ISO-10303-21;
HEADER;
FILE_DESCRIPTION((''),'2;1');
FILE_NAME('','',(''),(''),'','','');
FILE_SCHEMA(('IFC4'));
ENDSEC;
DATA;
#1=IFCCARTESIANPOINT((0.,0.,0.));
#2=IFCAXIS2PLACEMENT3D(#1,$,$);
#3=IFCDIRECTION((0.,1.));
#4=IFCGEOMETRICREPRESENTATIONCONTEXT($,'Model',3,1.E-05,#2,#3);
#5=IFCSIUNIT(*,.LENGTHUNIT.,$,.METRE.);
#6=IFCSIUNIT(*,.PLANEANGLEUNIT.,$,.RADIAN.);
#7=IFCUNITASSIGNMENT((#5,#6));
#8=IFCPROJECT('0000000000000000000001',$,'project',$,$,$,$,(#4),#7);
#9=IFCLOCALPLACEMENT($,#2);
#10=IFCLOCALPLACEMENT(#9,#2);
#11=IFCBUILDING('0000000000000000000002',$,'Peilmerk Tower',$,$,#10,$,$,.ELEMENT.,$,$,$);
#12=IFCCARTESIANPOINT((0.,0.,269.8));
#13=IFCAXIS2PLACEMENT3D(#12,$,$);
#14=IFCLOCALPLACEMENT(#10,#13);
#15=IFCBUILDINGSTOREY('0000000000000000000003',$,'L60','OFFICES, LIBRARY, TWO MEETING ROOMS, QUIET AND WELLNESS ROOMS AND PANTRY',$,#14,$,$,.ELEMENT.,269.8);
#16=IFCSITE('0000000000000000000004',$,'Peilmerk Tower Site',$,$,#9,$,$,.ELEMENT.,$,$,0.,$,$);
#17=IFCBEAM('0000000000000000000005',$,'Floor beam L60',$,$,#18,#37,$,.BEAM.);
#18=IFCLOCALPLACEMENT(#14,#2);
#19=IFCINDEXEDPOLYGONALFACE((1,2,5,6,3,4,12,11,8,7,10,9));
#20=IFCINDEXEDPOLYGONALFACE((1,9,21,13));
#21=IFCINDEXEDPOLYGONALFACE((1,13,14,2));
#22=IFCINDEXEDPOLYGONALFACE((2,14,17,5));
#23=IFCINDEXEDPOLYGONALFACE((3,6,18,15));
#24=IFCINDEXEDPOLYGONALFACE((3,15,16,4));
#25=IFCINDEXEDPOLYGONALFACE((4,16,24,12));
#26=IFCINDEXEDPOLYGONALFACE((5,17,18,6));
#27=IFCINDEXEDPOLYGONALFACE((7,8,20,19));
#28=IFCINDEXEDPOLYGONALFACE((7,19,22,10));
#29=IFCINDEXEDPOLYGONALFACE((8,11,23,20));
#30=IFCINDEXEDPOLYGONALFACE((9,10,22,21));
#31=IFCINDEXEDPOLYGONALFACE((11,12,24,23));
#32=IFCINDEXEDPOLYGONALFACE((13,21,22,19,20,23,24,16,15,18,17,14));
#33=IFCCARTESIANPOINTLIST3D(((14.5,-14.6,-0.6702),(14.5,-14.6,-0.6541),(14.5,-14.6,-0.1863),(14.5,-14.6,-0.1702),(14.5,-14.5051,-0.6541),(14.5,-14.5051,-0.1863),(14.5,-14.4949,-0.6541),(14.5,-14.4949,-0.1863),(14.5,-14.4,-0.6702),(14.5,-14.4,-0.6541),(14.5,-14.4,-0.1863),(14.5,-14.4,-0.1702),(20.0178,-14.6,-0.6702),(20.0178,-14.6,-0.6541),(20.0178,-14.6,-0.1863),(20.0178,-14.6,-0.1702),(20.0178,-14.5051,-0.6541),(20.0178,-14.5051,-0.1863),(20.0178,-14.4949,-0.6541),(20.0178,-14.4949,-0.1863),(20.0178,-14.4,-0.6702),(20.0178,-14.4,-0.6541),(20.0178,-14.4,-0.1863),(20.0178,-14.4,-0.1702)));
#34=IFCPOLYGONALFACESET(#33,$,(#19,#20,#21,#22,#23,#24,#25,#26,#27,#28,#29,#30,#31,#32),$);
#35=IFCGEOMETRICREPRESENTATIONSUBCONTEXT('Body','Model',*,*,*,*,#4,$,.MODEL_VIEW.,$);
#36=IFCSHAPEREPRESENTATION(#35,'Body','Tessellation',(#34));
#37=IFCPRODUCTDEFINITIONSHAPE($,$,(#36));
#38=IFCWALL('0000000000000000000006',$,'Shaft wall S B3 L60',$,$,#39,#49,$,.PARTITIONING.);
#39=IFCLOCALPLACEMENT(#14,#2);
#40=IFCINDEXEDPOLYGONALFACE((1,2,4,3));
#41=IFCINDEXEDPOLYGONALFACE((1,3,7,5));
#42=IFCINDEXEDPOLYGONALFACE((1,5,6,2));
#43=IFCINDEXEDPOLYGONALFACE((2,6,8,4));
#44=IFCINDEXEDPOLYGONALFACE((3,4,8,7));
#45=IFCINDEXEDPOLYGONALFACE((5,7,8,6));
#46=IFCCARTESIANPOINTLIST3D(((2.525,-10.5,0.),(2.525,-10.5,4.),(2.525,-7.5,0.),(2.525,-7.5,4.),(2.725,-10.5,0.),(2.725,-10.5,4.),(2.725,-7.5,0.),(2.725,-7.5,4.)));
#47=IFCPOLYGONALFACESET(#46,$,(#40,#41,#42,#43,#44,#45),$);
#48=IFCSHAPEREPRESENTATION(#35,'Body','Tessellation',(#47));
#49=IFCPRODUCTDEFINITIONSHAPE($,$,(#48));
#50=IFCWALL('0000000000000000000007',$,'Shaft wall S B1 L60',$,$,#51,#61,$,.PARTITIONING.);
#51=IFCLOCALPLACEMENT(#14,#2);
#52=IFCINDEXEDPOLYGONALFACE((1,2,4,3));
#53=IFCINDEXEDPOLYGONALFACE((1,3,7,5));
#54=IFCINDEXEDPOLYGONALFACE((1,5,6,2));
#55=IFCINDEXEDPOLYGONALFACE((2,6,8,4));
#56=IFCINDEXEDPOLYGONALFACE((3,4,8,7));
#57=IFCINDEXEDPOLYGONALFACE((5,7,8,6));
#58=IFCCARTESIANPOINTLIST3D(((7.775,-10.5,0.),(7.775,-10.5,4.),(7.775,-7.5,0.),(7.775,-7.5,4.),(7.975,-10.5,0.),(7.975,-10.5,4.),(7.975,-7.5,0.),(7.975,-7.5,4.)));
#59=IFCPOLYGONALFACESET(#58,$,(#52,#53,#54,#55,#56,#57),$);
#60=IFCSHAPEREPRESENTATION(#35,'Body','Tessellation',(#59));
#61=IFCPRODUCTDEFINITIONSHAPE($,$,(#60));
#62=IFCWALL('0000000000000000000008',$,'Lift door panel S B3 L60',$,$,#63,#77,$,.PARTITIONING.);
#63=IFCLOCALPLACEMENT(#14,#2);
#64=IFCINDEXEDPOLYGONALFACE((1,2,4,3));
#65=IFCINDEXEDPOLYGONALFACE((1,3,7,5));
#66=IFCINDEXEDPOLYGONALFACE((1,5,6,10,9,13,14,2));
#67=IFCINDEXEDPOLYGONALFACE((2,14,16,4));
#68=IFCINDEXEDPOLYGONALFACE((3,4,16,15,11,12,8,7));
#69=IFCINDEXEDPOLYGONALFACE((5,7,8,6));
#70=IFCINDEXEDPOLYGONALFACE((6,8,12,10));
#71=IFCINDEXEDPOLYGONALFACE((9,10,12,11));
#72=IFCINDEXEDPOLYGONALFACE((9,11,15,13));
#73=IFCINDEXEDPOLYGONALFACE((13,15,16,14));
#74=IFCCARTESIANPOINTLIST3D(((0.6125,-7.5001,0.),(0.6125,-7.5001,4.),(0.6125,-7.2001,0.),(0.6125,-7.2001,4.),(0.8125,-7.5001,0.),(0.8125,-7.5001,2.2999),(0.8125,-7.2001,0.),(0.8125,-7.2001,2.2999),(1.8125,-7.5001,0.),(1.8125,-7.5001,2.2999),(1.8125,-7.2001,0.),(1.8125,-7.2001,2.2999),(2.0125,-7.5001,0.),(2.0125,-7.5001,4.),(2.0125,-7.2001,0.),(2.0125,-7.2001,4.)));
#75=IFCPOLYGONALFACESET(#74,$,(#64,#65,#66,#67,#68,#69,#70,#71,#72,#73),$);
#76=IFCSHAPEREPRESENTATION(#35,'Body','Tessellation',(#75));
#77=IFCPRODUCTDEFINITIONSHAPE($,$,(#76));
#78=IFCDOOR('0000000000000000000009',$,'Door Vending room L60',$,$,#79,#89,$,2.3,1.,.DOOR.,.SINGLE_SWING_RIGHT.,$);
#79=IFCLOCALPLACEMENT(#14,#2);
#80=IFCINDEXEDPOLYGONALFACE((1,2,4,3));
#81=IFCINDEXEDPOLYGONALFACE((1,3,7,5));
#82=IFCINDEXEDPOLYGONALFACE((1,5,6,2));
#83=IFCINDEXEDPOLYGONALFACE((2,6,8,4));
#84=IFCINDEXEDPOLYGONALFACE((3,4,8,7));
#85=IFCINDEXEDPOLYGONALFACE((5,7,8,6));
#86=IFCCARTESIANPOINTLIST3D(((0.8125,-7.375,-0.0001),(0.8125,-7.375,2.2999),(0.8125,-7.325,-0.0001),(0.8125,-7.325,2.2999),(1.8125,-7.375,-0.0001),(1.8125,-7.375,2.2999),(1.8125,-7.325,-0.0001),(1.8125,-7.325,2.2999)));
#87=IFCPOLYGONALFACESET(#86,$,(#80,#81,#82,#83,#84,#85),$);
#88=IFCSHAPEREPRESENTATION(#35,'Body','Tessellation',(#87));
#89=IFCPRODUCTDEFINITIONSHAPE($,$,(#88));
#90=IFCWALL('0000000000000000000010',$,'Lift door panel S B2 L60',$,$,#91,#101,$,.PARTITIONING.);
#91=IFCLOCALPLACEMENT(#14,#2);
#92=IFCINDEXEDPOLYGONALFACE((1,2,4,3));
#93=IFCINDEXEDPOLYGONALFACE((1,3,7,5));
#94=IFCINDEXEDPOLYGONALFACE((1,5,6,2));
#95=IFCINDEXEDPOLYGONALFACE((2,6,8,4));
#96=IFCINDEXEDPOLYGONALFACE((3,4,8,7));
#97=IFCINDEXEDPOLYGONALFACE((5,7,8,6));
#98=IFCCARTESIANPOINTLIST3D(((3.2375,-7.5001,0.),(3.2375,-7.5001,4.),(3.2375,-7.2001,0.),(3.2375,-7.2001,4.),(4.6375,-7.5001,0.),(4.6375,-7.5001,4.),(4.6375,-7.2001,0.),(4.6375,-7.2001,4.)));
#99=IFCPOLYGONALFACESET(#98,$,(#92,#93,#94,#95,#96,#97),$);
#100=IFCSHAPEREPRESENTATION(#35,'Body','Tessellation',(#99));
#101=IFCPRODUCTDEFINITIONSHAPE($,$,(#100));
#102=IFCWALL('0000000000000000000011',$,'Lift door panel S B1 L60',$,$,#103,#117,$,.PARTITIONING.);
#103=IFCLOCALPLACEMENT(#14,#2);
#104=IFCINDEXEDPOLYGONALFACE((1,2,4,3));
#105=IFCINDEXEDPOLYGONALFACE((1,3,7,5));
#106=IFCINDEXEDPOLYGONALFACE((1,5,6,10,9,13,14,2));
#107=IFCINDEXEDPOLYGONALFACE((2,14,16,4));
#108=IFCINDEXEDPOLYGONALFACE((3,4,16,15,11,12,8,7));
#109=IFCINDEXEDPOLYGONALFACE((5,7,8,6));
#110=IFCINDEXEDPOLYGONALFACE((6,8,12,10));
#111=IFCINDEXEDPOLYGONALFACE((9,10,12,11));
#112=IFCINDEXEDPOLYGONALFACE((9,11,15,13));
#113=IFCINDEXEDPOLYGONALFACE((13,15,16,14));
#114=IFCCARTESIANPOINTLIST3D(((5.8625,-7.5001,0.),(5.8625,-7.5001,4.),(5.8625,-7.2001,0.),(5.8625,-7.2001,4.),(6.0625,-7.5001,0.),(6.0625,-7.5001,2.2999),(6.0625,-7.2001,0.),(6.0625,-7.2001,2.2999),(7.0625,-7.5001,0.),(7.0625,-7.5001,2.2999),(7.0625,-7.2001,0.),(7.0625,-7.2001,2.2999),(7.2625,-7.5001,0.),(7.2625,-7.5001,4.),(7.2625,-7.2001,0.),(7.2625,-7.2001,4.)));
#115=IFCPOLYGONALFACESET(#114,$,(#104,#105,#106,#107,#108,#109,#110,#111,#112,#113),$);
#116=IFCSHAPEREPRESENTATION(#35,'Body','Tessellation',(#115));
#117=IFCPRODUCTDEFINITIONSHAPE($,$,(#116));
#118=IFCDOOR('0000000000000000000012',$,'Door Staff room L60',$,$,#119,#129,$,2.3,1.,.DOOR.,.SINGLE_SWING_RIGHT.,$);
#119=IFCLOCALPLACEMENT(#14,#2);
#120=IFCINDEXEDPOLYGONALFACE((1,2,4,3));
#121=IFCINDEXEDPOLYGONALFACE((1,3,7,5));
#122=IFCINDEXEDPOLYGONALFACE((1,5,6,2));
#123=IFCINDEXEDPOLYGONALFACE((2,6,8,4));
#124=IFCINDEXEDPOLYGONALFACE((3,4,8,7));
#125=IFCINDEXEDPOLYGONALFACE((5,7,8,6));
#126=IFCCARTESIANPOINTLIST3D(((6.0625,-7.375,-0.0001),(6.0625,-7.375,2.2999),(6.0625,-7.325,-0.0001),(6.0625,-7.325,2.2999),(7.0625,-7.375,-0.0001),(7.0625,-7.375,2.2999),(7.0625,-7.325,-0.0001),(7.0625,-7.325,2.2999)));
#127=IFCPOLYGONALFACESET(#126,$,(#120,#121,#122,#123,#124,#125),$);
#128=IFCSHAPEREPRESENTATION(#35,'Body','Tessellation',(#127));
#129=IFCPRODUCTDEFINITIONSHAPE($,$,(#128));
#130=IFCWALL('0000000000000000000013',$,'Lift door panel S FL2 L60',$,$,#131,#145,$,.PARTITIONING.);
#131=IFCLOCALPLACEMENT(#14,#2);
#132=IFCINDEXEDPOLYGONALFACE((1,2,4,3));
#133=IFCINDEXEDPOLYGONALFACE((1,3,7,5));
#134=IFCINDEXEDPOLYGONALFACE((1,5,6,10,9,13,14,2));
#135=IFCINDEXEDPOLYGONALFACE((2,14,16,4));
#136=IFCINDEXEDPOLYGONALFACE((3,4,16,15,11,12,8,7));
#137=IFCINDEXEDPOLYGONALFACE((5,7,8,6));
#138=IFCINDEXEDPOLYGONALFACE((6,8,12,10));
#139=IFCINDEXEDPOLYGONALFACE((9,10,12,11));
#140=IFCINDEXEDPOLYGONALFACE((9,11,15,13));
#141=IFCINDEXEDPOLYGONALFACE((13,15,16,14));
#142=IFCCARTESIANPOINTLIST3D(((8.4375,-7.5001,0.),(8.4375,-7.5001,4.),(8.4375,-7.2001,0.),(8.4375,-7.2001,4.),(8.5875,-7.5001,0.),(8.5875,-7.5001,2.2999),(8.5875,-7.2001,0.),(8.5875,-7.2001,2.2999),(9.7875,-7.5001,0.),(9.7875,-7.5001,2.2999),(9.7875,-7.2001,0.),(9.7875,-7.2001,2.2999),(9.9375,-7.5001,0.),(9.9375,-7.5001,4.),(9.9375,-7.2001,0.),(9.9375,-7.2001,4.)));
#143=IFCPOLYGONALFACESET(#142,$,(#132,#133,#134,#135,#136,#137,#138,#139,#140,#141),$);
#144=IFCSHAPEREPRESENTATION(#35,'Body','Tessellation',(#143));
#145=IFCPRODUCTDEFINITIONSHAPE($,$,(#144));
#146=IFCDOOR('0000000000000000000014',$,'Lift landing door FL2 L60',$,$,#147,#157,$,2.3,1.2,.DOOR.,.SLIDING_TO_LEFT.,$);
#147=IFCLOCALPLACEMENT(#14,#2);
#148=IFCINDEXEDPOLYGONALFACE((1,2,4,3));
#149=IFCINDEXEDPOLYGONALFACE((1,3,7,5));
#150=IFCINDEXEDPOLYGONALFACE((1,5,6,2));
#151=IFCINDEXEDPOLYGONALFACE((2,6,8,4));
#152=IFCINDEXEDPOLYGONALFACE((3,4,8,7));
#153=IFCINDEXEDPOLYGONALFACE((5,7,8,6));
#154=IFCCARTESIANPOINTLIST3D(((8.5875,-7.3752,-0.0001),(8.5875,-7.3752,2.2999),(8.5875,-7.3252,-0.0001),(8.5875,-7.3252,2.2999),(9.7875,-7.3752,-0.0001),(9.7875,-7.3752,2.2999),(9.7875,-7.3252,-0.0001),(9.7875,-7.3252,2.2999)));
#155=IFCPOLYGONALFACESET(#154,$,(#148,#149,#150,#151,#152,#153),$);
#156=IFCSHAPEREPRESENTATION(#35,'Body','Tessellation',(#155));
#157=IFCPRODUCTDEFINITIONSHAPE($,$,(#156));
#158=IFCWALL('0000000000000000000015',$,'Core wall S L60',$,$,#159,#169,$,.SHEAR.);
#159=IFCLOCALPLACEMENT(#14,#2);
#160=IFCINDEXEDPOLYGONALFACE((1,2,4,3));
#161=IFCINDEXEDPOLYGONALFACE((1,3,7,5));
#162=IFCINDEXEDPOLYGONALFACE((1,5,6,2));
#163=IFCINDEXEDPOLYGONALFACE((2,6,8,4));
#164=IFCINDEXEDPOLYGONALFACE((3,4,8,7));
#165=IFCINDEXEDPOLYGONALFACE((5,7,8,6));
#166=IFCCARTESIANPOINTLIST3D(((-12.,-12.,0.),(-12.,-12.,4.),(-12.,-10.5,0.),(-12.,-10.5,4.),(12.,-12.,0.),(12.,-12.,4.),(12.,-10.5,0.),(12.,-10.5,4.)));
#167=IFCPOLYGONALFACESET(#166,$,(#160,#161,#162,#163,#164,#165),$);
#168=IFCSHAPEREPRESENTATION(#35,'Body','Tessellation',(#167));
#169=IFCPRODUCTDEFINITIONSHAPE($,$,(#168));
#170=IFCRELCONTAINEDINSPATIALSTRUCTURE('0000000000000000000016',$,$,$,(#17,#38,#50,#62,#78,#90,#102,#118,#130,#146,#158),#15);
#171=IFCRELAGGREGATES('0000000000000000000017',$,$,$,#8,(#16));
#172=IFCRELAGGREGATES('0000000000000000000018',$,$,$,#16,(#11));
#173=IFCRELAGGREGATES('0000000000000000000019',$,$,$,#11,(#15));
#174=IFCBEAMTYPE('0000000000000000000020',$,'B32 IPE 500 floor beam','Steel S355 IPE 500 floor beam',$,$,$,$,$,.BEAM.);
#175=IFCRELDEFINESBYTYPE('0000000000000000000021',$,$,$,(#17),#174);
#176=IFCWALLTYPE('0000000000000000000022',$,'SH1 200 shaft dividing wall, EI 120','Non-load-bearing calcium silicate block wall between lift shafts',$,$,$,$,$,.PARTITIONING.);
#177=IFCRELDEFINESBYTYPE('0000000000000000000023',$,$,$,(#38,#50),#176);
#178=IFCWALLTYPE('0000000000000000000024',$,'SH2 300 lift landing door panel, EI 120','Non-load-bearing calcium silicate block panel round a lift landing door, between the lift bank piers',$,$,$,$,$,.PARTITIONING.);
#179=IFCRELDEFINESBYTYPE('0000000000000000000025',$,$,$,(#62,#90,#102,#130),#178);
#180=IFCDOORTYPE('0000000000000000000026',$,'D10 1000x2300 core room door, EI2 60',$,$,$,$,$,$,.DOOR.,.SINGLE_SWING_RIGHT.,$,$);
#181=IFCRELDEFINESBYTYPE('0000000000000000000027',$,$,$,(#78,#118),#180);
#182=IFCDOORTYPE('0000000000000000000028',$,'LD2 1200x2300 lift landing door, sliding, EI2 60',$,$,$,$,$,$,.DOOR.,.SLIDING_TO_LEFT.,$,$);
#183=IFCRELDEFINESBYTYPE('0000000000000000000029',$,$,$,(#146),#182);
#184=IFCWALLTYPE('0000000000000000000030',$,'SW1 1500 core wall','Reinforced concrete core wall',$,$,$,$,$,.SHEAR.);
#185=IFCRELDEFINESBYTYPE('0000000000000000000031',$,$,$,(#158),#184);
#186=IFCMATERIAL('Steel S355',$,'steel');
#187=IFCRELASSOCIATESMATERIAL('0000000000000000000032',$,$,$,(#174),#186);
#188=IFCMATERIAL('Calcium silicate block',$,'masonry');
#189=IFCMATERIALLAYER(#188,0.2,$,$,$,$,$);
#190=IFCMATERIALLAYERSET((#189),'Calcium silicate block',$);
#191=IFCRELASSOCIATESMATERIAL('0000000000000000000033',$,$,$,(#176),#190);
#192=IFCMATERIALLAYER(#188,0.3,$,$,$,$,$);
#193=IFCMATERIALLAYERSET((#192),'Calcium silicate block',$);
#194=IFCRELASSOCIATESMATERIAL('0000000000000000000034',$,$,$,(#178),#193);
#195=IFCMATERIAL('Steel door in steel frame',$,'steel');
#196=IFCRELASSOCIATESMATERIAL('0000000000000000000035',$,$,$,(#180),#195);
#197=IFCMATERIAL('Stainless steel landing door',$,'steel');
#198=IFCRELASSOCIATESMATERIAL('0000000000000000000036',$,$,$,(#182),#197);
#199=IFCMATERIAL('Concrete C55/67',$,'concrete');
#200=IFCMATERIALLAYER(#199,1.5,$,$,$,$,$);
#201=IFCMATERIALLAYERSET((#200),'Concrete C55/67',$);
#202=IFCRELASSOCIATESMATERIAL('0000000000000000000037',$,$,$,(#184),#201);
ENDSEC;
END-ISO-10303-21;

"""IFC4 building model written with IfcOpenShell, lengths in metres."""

from ifc_helpers import new_model, si_unit, direction, frame, frame_2d, origin, origin_2d, place, context, subcontext, project, spatial, rectangle, i_section, extrude, material, layer, layer_set, material_profile, profile_set, type_object, element, fill, save


model = new_model("IFC4")

# Units and contexts
model_context = context("Model", 3, precision=1e-05, world=origin(), true_north=direction((0.0, 1.0)))
body_context = subcontext(model_context, "Body", "Model", "MODEL_VIEW")
ifc_project = project(units=[si_unit("LENGTHUNIT", "METRE"), si_unit("PLANEANGLEUNIT", "RADIAN")], contexts=[model_context])

# Site, building, storey
site_placement = place(None, origin())
site = spatial("IfcSite", under=ifc_project, at=site_placement, Name="Peilmerk Tower Site", CompositionType="ELEMENT", RefElevation=0.0)
building_placement = place(site_placement, origin())
building = spatial("IfcBuilding", under=site, at=building_placement, Name="Peilmerk Tower", CompositionType="ELEMENT")
storey_placement = place(building_placement, frame((0.0, 0.0, 269.8)))
storey = spatial("IfcBuildingStorey", under=building, at=storey_placement, Name="L60", Description="OFFICES, LIBRARY, TWO MEETING ROOMS, QUIET AND WELLNESS ROOMS AND PANTRY", CompositionType="ELEMENT", Elevation=269.8)

# Beam
ifc_material_1 = material(Name="Steel S355", Category="steel")
ifc_material_profile_1 = material_profile(ifc_material_1, i_section(OverallWidth=0.2, OverallDepth=0.5, WebThickness=0.0103, FlangeThickness=0.0161, at=origin_2d()), Name="IPE 500")
ifc_profile_set_1 = profile_set([ifc_material_profile_1], Name="Steel S355")
beam_type_1 = type_object("IfcBeamType", Name="B32 IPE 500 floor beam", Description="Steel S355 IPE 500 floor beam", PredefinedType="BEAM", material=ifc_profile_set_1)
for number, where, z_axis, x_axis, name in (
    (1, (14.5, -14.5, -0.4202), (1.0, 0.0, 0.0), (0.0, 1.0, 0.0), "Floor beam L60"),
):
    element("IfcBeam", number, at=place(storey_placement, frame(where, z_axis=z_axis, x_axis=x_axis)), inside=storey, type_object=beam_type_1, Name=name, PredefinedType="BEAM", context=body_context, shape_type="SweptSolid", body=[
        extrude(i_section(OverallWidth=0.2, OverallDepth=0.5, WebThickness=0.0103, FlangeThickness=0.0161, at=origin_2d()), origin(), (0.0, 0.0, 1.0), 5.5178),
    ])

# Walls
ifc_material_2 = material(Name="Calcium silicate block", Category="masonry")
ifc_layer_1 = layer(ifc_material_2, 0.2)
ifc_layer_set_1 = layer_set([ifc_layer_1], Name="Calcium silicate block")
wall_type_1 = type_object("IfcWallType", Name="SH1 200 shaft dividing wall, EI 120", Description="Non-load-bearing calcium silicate block wall between lift shafts", PredefinedType="PARTITIONING", material=ifc_layer_set_1)
for number, where, z_axis, x_axis, name in (
    (2, (2.625, -10.5, 0.0), (0.0, 0.0, 1.0), (0.0, 1.0, 0.0), "Shaft wall S B3 L60"),
    (3, (7.875, -10.5, 0.0), (0.0, 0.0, 1.0), (0.0, 1.0, 0.0), "Shaft wall S B1 L60"),
):
    element("IfcWall", number, at=place(storey_placement, frame(where, z_axis=z_axis, x_axis=x_axis)), inside=storey, type_object=wall_type_1, Name=name, PredefinedType="PARTITIONING", context=body_context, shape_type="SweptSolid", body=[
        extrude(rectangle(XDim=3.0, YDim=0.2, at=frame_2d((1.5, 0.0))), origin(), (0.0, 0.0, 1.0), 4.0),
    ])

# Wall, opening, door
ifc_layer_2 = layer(ifc_material_2, 0.3)
ifc_layer_set_2 = layer_set([ifc_layer_2], Name="Calcium silicate block")
wall_type_2 = type_object("IfcWallType", Name="SH2 300 lift landing door panel, EI 120", Description="Non-load-bearing calcium silicate block panel round a lift landing door, between the lift bank piers", PredefinedType="PARTITIONING", material=ifc_layer_set_2)
wall_1_placement = place(storey_placement, frame((0.6125, -7.3501, 0.0), z_axis=(0.0, 0.0, 1.0), x_axis=(1.0, 0.0, 0.0)))
wall_1 = element("IfcWall", 4, at=wall_1_placement, inside=storey, type_object=wall_type_2, Name="Lift door panel S B3 L60", PredefinedType="PARTITIONING", context=body_context, shape_type="SweptSolid", body=[
    extrude(rectangle(XDim=1.3999, YDim=0.3, at=frame_2d((0.7, 0.0))), origin(), (0.0, 0.0, 1.0), 4.0),
])
opening_1_placement = place(wall_1_placement, frame((0.2, 0.0, 0.0)))
opening_1 = element("IfcOpeningElement", 5, at=opening_1_placement, cuts=wall_1, PredefinedType="OPENING", context=body_context, shape_type="SweptSolid", body=[
    extrude(rectangle(XDim=1.0, YDim=2.3, at=frame_2d((0.5, 1.1499))), frame((0.0, 0.1599, 0.0), z_axis=(0.0, -1.0, 0.0), x_axis=(1.0, 0.0, 0.0)), (0.0, 0.0, 1.0), 0.3201),
])
ifc_material_3 = material(Name="Steel door in steel frame", Category="steel")
door_type_1 = type_object("IfcDoorType", Name="D10 1000x2300 core room door, EI2 60", OperationType="SINGLE_SWING_RIGHT", PredefinedType="DOOR", material=ifc_material_3)
door_1_placement = place(opening_1_placement, frame((1.0, 0.0, 0.0), z_axis=(0.0, 0.0, 1.0), x_axis=(-1.0, 0.0, 0.0)))
door_1 = element("IfcDoor", 6, at=door_1_placement, inside=storey, type_object=door_type_1, Name="Door Vending room L60", OperationType="SINGLE_SWING_RIGHT", OverallHeight=2.3, OverallWidth=1.0, PredefinedType="DOOR", context=body_context, shape_type="SweptSolid", body=[
    extrude(rectangle(XDim=1.0, YDim=2.3, at=frame_2d((0.5, 1.1499))), frame((0.0, 0.0249, 0.0), z_axis=(0.0, -1.0, 0.0), x_axis=(1.0, 0.0, 0.0)), (0.0, 0.0, 1.0), 0.05),
])
fill(opening_1, door_1)

# Wall
wall_2_placement = place(storey_placement, frame((3.2375, -7.3501, 0.0), z_axis=(0.0, 0.0, 1.0), x_axis=(1.0, 0.0, 0.0)))
element("IfcWall", 7, at=wall_2_placement, inside=storey, type_object=wall_type_2, Name="Lift door panel S B2 L60", PredefinedType="PARTITIONING", context=body_context, shape_type="SweptSolid", body=[
    extrude(rectangle(XDim=1.3999, YDim=0.3, at=frame_2d((0.7, 0.0))), origin(), (0.0, 0.0, 1.0), 4.0),
])

# Walls, openings, doors
wall_3_placement = place(storey_placement, frame((5.8625, -7.3501, 0.0), z_axis=(0.0, 0.0, 1.0), x_axis=(1.0, 0.0, 0.0)))
wall_3 = element("IfcWall", 8, at=wall_3_placement, inside=storey, type_object=wall_type_2, Name="Lift door panel S B1 L60", PredefinedType="PARTITIONING", context=body_context, shape_type="SweptSolid", body=[
    extrude(rectangle(XDim=1.3999, YDim=0.3, at=frame_2d((0.7, 0.0))), origin(), (0.0, 0.0, 1.0), 4.0),
])
opening_2_placement = place(wall_3_placement, frame((0.2, 0.0, 0.0)))
opening_2 = element("IfcOpeningElement", 9, at=opening_2_placement, cuts=wall_3, PredefinedType="OPENING", context=body_context, shape_type="SweptSolid", body=[
    extrude(rectangle(XDim=1.0, YDim=2.3, at=frame_2d((0.5, 1.1499))), frame((0.0, 0.1599, 0.0), z_axis=(0.0, -1.0, 0.0), x_axis=(1.0, 0.0, 0.0)), (0.0, 0.0, 1.0), 0.3201),
])
door_2_placement = place(opening_2_placement, frame((1.0, 0.0, 0.0), z_axis=(0.0, 0.0, 1.0), x_axis=(-1.0, 0.0, 0.0)))
door_2 = element("IfcDoor", 10, at=door_2_placement, inside=storey, type_object=door_type_1, Name="Door Staff room L60", OperationType="SINGLE_SWING_RIGHT", OverallHeight=2.3, OverallWidth=1.0, PredefinedType="DOOR", context=body_context, shape_type="SweptSolid", body=[
    extrude(rectangle(XDim=1.0, YDim=2.3, at=frame_2d((0.5, 1.1499))), frame((0.0, 0.0249, 0.0), z_axis=(0.0, -1.0, 0.0), x_axis=(1.0, 0.0, 0.0)), (0.0, 0.0, 1.0), 0.05),
])
fill(opening_2, door_2)
wall_4_placement = place(storey_placement, frame((8.4375, -7.3501, 0.0), z_axis=(0.0, 0.0, 1.0), x_axis=(1.0, 0.0, 0.0)))
wall_4 = element("IfcWall", 11, at=wall_4_placement, inside=storey, type_object=wall_type_2, Name="Lift door panel S FL2 L60", PredefinedType="PARTITIONING", context=body_context, shape_type="SweptSolid", body=[
    extrude(rectangle(XDim=1.5, YDim=0.3, at=frame_2d((0.75, 0.0))), origin(), (0.0, 0.0, 1.0), 4.0),
])
opening_3_placement = place(wall_4_placement, frame((0.1499, 0.0, 0.0)))
opening_3 = element("IfcOpeningElement", 12, at=opening_3_placement, cuts=wall_4, PredefinedType="OPENING", context=body_context, shape_type="SweptSolid", body=[
    extrude(rectangle(XDim=1.2, YDim=2.3, at=frame_2d((0.6001, 1.1499))), frame((0.0, 0.1599, 0.0), z_axis=(0.0, -1.0, 0.0), x_axis=(1.0, 0.0, 0.0)), (0.0, 0.0, 1.0), 0.3201),
])
ifc_material_4 = material(Name="Stainless steel landing door", Category="steel")
door_type_2 = type_object("IfcDoorType", Name="LD2 1200x2300 lift landing door, sliding, EI2 60", OperationType="SLIDING_TO_LEFT", PredefinedType="DOOR", material=ifc_material_4)
door_3_placement = place(opening_3_placement, origin())
door_3 = element("IfcDoor", 13, at=door_3_placement, inside=storey, type_object=door_type_2, Name="Lift landing door FL2 L60", OperationType="SLIDING_TO_LEFT", OverallHeight=2.3, OverallWidth=1.2, PredefinedType="DOOR", context=body_context, shape_type="SweptSolid", body=[
    extrude(rectangle(XDim=1.2, YDim=2.3, at=frame_2d((0.6001, 1.1499))), frame((0.0, 0.0249, 0.0), z_axis=(0.0, -1.0, 0.0), x_axis=(1.0, 0.0, 0.0)), (0.0, 0.0, 1.0), 0.05),
])
fill(opening_3, door_3)

# Wall
ifc_material_5 = material(Name="Concrete C55/67", Category="concrete")
ifc_layer_3 = layer(ifc_material_5, 1.5)
ifc_layer_set_3 = layer_set([ifc_layer_3], Name="Concrete C55/67")
wall_type_3 = type_object("IfcWallType", Name="SW1 1500 core wall", Description="Reinforced concrete core wall", PredefinedType="SHEAR", material=ifc_layer_set_3)
wall_5_placement = place(storey_placement, frame((12.0, -11.25, 0.0), z_axis=(0.0, 0.0, 1.0), x_axis=(-1.0, 0.0, 0.0)))
element("IfcWall", 14, at=wall_5_placement, inside=storey, type_object=wall_type_3, Name="Core wall S L60", PredefinedType="SHEAR", context=body_context, shape_type="SweptSolid", body=[
    extrude(rectangle(XDim=24.0, YDim=1.5, at=frame_2d((12.0, 0.0))), origin(), (0.0, 0.0, 1.0), 4.0),
])

save(model, "model.ifc")
